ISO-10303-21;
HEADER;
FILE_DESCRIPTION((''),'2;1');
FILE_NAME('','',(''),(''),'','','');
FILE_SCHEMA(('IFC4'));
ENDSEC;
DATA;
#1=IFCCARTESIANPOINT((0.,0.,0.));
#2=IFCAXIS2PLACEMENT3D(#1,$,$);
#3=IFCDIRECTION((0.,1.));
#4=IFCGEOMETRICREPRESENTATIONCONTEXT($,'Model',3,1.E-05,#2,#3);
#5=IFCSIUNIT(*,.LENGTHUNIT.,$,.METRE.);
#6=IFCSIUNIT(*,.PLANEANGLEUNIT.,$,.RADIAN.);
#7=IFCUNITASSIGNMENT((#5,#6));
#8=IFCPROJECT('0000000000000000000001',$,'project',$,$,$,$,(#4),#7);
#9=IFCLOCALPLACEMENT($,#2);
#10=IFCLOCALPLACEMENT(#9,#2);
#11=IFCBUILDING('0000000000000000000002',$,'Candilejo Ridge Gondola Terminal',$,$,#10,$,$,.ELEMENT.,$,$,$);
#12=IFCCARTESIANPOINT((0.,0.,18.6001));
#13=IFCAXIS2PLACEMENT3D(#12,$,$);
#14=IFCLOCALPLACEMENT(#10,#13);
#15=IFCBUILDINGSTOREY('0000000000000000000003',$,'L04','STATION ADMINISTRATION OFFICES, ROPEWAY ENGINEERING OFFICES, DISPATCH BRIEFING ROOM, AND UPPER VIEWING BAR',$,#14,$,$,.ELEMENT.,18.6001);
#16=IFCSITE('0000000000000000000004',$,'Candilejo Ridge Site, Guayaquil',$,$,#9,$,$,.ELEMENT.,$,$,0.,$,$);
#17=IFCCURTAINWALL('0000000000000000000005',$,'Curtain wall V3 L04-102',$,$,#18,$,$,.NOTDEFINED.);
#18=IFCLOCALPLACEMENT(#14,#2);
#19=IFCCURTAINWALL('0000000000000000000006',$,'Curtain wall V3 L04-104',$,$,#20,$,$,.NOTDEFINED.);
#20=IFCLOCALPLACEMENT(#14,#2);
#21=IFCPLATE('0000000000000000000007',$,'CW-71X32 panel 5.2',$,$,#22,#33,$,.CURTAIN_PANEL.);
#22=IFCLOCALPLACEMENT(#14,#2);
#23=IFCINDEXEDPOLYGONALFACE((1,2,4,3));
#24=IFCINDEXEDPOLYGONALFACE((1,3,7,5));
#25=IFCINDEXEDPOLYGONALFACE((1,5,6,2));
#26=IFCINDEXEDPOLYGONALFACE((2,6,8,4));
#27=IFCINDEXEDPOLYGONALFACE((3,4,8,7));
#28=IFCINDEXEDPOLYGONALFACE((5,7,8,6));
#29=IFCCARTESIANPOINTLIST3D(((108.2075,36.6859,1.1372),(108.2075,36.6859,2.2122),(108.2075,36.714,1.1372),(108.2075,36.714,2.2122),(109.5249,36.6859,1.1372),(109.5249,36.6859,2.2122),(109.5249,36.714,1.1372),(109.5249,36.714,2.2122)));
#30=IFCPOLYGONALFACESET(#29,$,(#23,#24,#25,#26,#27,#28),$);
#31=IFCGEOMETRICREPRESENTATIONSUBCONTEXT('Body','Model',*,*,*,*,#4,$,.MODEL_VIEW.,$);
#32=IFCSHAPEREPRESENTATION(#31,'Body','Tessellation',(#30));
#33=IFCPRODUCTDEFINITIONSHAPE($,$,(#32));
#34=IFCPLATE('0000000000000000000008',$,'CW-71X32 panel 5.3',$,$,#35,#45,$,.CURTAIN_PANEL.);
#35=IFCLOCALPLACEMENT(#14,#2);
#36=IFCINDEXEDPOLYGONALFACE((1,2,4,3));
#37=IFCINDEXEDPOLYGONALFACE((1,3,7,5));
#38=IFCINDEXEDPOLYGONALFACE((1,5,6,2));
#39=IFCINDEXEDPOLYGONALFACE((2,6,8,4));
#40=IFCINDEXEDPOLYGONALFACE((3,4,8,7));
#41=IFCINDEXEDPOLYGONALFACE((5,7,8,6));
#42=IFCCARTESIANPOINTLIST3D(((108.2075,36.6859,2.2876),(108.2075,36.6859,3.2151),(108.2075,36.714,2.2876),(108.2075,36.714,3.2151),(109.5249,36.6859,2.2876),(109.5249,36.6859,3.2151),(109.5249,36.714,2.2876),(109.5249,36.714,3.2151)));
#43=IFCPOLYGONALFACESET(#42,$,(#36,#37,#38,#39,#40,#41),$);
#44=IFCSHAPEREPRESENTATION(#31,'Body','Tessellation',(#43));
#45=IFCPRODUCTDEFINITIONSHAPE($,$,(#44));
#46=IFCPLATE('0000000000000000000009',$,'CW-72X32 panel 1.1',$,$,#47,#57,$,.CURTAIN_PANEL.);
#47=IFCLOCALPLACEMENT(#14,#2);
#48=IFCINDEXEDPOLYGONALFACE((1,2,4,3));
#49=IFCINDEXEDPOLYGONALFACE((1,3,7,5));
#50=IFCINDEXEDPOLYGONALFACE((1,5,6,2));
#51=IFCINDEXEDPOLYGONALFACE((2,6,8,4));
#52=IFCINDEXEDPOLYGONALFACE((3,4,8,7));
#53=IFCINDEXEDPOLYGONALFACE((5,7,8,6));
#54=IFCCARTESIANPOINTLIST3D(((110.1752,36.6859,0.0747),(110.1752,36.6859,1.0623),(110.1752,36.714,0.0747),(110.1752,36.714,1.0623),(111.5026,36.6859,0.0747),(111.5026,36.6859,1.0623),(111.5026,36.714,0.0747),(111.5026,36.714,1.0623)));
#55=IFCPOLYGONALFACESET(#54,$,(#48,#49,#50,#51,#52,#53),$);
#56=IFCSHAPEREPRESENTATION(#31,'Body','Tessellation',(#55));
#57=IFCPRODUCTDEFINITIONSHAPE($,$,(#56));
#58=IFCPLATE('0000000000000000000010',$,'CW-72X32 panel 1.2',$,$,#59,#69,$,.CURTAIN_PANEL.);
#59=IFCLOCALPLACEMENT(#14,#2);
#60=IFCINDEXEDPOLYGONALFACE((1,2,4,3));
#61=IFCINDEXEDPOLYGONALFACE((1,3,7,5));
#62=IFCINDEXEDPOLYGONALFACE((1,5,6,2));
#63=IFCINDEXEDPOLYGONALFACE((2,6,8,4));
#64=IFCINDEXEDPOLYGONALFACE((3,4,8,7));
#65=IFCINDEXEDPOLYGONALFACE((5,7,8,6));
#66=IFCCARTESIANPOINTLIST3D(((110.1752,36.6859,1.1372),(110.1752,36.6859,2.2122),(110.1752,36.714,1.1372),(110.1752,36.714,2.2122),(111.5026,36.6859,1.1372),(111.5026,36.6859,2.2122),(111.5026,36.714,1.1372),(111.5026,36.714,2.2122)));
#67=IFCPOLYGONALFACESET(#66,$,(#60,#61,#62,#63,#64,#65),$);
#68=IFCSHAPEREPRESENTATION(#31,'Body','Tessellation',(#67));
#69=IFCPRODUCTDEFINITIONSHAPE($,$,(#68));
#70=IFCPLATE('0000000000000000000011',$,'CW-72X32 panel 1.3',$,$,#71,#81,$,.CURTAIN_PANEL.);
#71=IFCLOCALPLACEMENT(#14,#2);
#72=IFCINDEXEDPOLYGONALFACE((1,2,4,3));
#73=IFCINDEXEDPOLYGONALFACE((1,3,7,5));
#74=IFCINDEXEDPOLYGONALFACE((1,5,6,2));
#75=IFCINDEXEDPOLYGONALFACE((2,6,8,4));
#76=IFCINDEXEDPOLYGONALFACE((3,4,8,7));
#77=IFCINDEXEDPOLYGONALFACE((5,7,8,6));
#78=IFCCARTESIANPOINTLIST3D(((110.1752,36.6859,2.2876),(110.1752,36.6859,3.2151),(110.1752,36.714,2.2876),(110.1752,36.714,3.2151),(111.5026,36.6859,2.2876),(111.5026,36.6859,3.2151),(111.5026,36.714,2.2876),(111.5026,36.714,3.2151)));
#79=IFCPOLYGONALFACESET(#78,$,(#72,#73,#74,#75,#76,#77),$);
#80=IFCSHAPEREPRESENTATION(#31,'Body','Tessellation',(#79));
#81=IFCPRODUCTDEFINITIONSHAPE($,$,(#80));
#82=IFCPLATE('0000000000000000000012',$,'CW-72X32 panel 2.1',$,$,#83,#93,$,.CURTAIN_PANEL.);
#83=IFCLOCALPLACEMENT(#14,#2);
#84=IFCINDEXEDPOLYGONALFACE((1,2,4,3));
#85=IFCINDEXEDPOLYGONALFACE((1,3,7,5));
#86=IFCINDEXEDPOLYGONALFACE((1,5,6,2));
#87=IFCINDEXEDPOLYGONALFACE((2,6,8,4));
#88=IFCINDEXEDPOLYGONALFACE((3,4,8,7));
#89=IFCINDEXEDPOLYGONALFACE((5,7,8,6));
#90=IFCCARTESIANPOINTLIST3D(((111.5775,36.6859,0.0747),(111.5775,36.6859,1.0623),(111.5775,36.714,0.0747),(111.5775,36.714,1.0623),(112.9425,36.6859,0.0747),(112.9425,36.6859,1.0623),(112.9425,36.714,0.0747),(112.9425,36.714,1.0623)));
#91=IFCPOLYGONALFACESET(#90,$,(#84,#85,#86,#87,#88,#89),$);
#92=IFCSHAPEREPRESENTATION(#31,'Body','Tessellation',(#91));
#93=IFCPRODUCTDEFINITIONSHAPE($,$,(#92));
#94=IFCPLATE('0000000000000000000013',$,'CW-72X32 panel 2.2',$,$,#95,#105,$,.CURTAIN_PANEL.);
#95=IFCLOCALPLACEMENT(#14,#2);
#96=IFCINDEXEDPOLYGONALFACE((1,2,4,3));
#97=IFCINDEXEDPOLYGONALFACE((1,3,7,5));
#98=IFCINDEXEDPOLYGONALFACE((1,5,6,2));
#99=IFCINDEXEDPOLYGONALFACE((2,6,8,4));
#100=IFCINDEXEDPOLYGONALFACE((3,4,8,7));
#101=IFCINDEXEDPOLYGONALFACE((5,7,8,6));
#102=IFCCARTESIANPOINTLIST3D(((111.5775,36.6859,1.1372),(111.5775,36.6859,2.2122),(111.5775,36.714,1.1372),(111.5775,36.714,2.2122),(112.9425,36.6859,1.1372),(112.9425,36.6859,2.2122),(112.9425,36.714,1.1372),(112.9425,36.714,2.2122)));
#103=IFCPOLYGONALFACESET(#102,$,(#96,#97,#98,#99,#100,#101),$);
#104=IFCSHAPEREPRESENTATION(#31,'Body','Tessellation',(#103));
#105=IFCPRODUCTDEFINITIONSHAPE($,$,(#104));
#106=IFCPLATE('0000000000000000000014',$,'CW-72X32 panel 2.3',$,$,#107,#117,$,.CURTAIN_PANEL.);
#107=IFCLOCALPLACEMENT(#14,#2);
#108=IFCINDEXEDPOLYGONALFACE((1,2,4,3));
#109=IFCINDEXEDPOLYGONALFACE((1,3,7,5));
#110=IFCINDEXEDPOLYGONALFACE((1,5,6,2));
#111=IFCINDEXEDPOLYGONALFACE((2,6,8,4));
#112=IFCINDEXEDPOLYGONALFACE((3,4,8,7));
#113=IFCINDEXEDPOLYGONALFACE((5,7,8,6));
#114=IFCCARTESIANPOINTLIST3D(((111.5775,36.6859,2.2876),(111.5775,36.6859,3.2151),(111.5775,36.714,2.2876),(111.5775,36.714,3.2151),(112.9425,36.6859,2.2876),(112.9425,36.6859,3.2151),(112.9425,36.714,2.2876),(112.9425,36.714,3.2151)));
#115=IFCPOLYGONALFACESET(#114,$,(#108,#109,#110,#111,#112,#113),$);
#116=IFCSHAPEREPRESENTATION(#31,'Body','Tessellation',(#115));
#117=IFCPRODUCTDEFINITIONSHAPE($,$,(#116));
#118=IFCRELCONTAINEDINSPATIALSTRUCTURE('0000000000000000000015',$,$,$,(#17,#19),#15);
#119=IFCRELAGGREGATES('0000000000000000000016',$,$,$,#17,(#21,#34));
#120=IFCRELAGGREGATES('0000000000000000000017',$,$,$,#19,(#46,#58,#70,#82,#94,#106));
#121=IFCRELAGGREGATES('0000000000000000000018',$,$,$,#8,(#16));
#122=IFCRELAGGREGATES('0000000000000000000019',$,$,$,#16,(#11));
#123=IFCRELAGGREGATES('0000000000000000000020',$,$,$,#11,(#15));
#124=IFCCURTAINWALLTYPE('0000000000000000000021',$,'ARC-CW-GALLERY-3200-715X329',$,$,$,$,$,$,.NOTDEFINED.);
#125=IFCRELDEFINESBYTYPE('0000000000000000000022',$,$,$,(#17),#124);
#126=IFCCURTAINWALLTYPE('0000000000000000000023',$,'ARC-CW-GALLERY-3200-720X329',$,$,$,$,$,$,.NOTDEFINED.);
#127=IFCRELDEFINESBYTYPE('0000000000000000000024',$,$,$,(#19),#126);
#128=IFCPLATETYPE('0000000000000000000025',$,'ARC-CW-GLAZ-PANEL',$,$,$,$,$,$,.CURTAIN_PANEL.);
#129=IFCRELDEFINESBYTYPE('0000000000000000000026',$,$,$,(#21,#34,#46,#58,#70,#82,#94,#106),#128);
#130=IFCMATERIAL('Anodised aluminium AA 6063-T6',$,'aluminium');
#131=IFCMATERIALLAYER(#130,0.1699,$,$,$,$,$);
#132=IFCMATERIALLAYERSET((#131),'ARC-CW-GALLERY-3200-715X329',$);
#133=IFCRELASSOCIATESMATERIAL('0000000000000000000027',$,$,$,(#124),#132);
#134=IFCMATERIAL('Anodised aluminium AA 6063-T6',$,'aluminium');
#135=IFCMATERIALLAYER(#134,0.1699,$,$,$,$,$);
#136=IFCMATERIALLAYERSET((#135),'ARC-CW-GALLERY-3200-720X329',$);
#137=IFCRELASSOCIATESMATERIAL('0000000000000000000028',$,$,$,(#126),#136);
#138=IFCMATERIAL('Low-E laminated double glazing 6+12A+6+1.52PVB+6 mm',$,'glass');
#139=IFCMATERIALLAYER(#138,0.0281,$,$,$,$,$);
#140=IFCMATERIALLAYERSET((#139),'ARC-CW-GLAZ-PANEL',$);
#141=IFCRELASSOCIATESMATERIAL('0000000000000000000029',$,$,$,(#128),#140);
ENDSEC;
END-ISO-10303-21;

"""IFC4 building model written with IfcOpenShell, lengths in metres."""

from ifc_helpers import new_model, si_unit, direction, frame, origin, origin_2d, place, context, subcontext, project, spatial, rectangle, extrude, material, layer, layer_set, type_object, element, aggregate, save


model = new_model("IFC4")

# Units and contexts
model_context = context("Model", 3, precision=1e-05, world=origin(), true_north=direction((0.0, 1.0)))
body_context = subcontext(model_context, "Body", "Model", "MODEL_VIEW")
ifc_project = project(units=[si_unit("LENGTHUNIT", "METRE"), si_unit("PLANEANGLEUNIT", "RADIAN")], contexts=[model_context])

# Site, building, storey
site_placement = place(None, origin())
site = spatial("IfcSite", under=ifc_project, at=site_placement, Name="Candilejo Ridge Site, Guayaquil", CompositionType="ELEMENT", RefElevation=0.0)
building_placement = place(site_placement, origin())
building = spatial("IfcBuilding", under=site, at=building_placement, Name="Candilejo Ridge Gondola Terminal", CompositionType="ELEMENT")
storey_placement = place(building_placement, frame((0.0, 0.0, 18.6001)))
storey = spatial("IfcBuildingStorey", under=building, at=storey_placement, Name="L04", Description="STATION ADMINISTRATION OFFICES, ROPEWAY ENGINEERING OFFICES, DISPATCH BRIEFING ROOM, AND UPPER VIEWING BAR", CompositionType="ELEMENT", Elevation=18.6001)

# Curtain walls
ifc_material_1 = material(Name="Anodised aluminium AA 6063-T6", Category="aluminium")
ifc_layer_1 = layer(ifc_material_1, 0.1699)
ifc_layer_set_1 = layer_set([ifc_layer_1], Name="ARC-CW-GALLERY-3200-715X329")
curtain_wall_type_1 = type_object("IfcCurtainWallType", Name="ARC-CW-GALLERY-3200-715X329", PredefinedType="NOTDEFINED", material=ifc_layer_set_1)
curtain_wall_1_placement = place(storey_placement, origin())
curtain_wall_1 = element("IfcCurtainWall", 1, at=curtain_wall_1_placement, inside=storey, type_object=curtain_wall_type_1, Name="Curtain wall V3 L04-102", PredefinedType="NOTDEFINED")
ifc_material_2 = material(Name="Anodised aluminium AA 6063-T6", Category="aluminium")
ifc_layer_2 = layer(ifc_material_2, 0.1699)
ifc_layer_set_2 = layer_set([ifc_layer_2], Name="ARC-CW-GALLERY-3200-720X329")
curtain_wall_type_2 = type_object("IfcCurtainWallType", Name="ARC-CW-GALLERY-3200-720X329", PredefinedType="NOTDEFINED", material=ifc_layer_set_2)
curtain_wall_2_placement = place(storey_placement, origin())
curtain_wall_2 = element("IfcCurtainWall", 2, at=curtain_wall_2_placement, inside=storey, type_object=curtain_wall_type_2, Name="Curtain wall V3 L04-104", PredefinedType="NOTDEFINED")

# Plates
ifc_material_3 = material(Name="Low-E laminated double glazing 6+12A+6+1.52PVB+6 mm", Category="glass")
ifc_layer_3 = layer(ifc_material_3, 0.0281)
ifc_layer_set_3 = layer_set([ifc_layer_3], Name="ARC-CW-GLAZ-PANEL")
plate_type = type_object("IfcPlateType", Name="ARC-CW-GLAZ-PANEL", PredefinedType="CURTAIN_PANEL", material=ifc_layer_set_3)
plate_1_placement = place(storey_placement, frame((108.8662, 36.7, 1.1372), z_axis=(0.0, 0.0, 1.0), x_axis=(1.0, 0.0, 0.0)))
plate_1 = element("IfcPlate", 3, at=plate_1_placement, type_object=plate_type, Name="CW-71X32 panel 5.2", PredefinedType="CURTAIN_PANEL", context=body_context, shape_type="SweptSolid", body=[
    extrude(rectangle(XDim=1.3174, YDim=0.0281, at=origin_2d()), origin(), (0.0, 0.0, 1.0), 1.075),
])
plate_2_placement = place(storey_placement, frame((108.8662, 36.7, 2.2876), z_axis=(0.0, 0.0, 1.0), x_axis=(1.0, 0.0, 0.0)))
plate_2 = element("IfcPlate", 4, at=plate_2_placement, type_object=plate_type, Name="CW-71X32 panel 5.3", PredefinedType="CURTAIN_PANEL", context=body_context, shape_type="SweptSolid", body=[
    extrude(rectangle(XDim=1.3174, YDim=0.0281, at=origin_2d()), origin(), (0.0, 0.0, 1.0), 0.9275),
])
aggregate(curtain_wall_1, [plate_1, plate_2])
plate_3_placement = place(storey_placement, frame((110.8389, 36.7, 0.0747), z_axis=(0.0, 0.0, 1.0), x_axis=(1.0, 0.0, 0.0)))
plate_3 = element("IfcPlate", 5, at=plate_3_placement, type_object=plate_type, Name="CW-72X32 panel 1.1", PredefinedType="CURTAIN_PANEL", context=body_context, shape_type="SweptSolid", body=[
    extrude(rectangle(XDim=1.3274, YDim=0.0281, at=origin_2d()), origin(), (0.0, 0.0, 1.0), 0.9875),
])
plate_4_placement = place(storey_placement, frame((110.8389, 36.7, 1.1372), z_axis=(0.0, 0.0, 1.0), x_axis=(1.0, 0.0, 0.0)))
plate_4 = element("IfcPlate", 6, at=plate_4_placement, type_object=plate_type, Name="CW-72X32 panel 1.2", PredefinedType="CURTAIN_PANEL", context=body_context, shape_type="SweptSolid", body=[
    extrude(rectangle(XDim=1.3274, YDim=0.0281, at=origin_2d()), origin(), (0.0, 0.0, 1.0), 1.075),
])
plate_5_placement = place(storey_placement, frame((110.8389, 36.7, 2.2876), z_axis=(0.0, 0.0, 1.0), x_axis=(1.0, 0.0, 0.0)))
plate_5 = element("IfcPlate", 7, at=plate_5_placement, type_object=plate_type, Name="CW-72X32 panel 1.3", PredefinedType="CURTAIN_PANEL", context=body_context, shape_type="SweptSolid", body=[
    extrude(rectangle(XDim=1.3274, YDim=0.0281, at=origin_2d()), origin(), (0.0, 0.0, 1.0), 0.9275),
])
plate_6_placement = place(storey_placement, frame((112.26, 36.7, 0.0747), z_axis=(0.0, 0.0, 1.0), x_axis=(1.0, 0.0, 0.0)))
plate_6 = element("IfcPlate", 8, at=plate_6_placement, type_object=plate_type, Name="CW-72X32 panel 2.1", PredefinedType="CURTAIN_PANEL", context=body_context, shape_type="SweptSolid", body=[
    extrude(rectangle(XDim=1.365, YDim=0.0281, at=origin_2d()), origin(), (0.0, 0.0, 1.0), 0.9875),
])
plate_7_placement = place(storey_placement, frame((112.26, 36.7, 1.1372), z_axis=(0.0, 0.0, 1.0), x_axis=(1.0, 0.0, 0.0)))
plate_7 = element("IfcPlate", 9, at=plate_7_placement, type_object=plate_type, Name="CW-72X32 panel 2.2", PredefinedType="CURTAIN_PANEL", context=body_context, shape_type="SweptSolid", body=[
    extrude(rectangle(XDim=1.365, YDim=0.0281, at=origin_2d()), origin(), (0.0, 0.0, 1.0), 1.075),
])
plate_8_placement = place(storey_placement, frame((112.26, 36.7, 2.2876), z_axis=(0.0, 0.0, 1.0), x_axis=(1.0, 0.0, 0.0)))
plate_8 = element("IfcPlate", 10, at=plate_8_placement, type_object=plate_type, Name="CW-72X32 panel 2.3", PredefinedType="CURTAIN_PANEL", context=body_context, shape_type="SweptSolid", body=[
    extrude(rectangle(XDim=1.365, YDim=0.0281, at=origin_2d()), origin(), (0.0, 0.0, 1.0), 0.9275),
])
aggregate(curtain_wall_2, [plate_3, plate_4, plate_5, plate_6, plate_7, plate_8])

save(model, "model.ifc")
